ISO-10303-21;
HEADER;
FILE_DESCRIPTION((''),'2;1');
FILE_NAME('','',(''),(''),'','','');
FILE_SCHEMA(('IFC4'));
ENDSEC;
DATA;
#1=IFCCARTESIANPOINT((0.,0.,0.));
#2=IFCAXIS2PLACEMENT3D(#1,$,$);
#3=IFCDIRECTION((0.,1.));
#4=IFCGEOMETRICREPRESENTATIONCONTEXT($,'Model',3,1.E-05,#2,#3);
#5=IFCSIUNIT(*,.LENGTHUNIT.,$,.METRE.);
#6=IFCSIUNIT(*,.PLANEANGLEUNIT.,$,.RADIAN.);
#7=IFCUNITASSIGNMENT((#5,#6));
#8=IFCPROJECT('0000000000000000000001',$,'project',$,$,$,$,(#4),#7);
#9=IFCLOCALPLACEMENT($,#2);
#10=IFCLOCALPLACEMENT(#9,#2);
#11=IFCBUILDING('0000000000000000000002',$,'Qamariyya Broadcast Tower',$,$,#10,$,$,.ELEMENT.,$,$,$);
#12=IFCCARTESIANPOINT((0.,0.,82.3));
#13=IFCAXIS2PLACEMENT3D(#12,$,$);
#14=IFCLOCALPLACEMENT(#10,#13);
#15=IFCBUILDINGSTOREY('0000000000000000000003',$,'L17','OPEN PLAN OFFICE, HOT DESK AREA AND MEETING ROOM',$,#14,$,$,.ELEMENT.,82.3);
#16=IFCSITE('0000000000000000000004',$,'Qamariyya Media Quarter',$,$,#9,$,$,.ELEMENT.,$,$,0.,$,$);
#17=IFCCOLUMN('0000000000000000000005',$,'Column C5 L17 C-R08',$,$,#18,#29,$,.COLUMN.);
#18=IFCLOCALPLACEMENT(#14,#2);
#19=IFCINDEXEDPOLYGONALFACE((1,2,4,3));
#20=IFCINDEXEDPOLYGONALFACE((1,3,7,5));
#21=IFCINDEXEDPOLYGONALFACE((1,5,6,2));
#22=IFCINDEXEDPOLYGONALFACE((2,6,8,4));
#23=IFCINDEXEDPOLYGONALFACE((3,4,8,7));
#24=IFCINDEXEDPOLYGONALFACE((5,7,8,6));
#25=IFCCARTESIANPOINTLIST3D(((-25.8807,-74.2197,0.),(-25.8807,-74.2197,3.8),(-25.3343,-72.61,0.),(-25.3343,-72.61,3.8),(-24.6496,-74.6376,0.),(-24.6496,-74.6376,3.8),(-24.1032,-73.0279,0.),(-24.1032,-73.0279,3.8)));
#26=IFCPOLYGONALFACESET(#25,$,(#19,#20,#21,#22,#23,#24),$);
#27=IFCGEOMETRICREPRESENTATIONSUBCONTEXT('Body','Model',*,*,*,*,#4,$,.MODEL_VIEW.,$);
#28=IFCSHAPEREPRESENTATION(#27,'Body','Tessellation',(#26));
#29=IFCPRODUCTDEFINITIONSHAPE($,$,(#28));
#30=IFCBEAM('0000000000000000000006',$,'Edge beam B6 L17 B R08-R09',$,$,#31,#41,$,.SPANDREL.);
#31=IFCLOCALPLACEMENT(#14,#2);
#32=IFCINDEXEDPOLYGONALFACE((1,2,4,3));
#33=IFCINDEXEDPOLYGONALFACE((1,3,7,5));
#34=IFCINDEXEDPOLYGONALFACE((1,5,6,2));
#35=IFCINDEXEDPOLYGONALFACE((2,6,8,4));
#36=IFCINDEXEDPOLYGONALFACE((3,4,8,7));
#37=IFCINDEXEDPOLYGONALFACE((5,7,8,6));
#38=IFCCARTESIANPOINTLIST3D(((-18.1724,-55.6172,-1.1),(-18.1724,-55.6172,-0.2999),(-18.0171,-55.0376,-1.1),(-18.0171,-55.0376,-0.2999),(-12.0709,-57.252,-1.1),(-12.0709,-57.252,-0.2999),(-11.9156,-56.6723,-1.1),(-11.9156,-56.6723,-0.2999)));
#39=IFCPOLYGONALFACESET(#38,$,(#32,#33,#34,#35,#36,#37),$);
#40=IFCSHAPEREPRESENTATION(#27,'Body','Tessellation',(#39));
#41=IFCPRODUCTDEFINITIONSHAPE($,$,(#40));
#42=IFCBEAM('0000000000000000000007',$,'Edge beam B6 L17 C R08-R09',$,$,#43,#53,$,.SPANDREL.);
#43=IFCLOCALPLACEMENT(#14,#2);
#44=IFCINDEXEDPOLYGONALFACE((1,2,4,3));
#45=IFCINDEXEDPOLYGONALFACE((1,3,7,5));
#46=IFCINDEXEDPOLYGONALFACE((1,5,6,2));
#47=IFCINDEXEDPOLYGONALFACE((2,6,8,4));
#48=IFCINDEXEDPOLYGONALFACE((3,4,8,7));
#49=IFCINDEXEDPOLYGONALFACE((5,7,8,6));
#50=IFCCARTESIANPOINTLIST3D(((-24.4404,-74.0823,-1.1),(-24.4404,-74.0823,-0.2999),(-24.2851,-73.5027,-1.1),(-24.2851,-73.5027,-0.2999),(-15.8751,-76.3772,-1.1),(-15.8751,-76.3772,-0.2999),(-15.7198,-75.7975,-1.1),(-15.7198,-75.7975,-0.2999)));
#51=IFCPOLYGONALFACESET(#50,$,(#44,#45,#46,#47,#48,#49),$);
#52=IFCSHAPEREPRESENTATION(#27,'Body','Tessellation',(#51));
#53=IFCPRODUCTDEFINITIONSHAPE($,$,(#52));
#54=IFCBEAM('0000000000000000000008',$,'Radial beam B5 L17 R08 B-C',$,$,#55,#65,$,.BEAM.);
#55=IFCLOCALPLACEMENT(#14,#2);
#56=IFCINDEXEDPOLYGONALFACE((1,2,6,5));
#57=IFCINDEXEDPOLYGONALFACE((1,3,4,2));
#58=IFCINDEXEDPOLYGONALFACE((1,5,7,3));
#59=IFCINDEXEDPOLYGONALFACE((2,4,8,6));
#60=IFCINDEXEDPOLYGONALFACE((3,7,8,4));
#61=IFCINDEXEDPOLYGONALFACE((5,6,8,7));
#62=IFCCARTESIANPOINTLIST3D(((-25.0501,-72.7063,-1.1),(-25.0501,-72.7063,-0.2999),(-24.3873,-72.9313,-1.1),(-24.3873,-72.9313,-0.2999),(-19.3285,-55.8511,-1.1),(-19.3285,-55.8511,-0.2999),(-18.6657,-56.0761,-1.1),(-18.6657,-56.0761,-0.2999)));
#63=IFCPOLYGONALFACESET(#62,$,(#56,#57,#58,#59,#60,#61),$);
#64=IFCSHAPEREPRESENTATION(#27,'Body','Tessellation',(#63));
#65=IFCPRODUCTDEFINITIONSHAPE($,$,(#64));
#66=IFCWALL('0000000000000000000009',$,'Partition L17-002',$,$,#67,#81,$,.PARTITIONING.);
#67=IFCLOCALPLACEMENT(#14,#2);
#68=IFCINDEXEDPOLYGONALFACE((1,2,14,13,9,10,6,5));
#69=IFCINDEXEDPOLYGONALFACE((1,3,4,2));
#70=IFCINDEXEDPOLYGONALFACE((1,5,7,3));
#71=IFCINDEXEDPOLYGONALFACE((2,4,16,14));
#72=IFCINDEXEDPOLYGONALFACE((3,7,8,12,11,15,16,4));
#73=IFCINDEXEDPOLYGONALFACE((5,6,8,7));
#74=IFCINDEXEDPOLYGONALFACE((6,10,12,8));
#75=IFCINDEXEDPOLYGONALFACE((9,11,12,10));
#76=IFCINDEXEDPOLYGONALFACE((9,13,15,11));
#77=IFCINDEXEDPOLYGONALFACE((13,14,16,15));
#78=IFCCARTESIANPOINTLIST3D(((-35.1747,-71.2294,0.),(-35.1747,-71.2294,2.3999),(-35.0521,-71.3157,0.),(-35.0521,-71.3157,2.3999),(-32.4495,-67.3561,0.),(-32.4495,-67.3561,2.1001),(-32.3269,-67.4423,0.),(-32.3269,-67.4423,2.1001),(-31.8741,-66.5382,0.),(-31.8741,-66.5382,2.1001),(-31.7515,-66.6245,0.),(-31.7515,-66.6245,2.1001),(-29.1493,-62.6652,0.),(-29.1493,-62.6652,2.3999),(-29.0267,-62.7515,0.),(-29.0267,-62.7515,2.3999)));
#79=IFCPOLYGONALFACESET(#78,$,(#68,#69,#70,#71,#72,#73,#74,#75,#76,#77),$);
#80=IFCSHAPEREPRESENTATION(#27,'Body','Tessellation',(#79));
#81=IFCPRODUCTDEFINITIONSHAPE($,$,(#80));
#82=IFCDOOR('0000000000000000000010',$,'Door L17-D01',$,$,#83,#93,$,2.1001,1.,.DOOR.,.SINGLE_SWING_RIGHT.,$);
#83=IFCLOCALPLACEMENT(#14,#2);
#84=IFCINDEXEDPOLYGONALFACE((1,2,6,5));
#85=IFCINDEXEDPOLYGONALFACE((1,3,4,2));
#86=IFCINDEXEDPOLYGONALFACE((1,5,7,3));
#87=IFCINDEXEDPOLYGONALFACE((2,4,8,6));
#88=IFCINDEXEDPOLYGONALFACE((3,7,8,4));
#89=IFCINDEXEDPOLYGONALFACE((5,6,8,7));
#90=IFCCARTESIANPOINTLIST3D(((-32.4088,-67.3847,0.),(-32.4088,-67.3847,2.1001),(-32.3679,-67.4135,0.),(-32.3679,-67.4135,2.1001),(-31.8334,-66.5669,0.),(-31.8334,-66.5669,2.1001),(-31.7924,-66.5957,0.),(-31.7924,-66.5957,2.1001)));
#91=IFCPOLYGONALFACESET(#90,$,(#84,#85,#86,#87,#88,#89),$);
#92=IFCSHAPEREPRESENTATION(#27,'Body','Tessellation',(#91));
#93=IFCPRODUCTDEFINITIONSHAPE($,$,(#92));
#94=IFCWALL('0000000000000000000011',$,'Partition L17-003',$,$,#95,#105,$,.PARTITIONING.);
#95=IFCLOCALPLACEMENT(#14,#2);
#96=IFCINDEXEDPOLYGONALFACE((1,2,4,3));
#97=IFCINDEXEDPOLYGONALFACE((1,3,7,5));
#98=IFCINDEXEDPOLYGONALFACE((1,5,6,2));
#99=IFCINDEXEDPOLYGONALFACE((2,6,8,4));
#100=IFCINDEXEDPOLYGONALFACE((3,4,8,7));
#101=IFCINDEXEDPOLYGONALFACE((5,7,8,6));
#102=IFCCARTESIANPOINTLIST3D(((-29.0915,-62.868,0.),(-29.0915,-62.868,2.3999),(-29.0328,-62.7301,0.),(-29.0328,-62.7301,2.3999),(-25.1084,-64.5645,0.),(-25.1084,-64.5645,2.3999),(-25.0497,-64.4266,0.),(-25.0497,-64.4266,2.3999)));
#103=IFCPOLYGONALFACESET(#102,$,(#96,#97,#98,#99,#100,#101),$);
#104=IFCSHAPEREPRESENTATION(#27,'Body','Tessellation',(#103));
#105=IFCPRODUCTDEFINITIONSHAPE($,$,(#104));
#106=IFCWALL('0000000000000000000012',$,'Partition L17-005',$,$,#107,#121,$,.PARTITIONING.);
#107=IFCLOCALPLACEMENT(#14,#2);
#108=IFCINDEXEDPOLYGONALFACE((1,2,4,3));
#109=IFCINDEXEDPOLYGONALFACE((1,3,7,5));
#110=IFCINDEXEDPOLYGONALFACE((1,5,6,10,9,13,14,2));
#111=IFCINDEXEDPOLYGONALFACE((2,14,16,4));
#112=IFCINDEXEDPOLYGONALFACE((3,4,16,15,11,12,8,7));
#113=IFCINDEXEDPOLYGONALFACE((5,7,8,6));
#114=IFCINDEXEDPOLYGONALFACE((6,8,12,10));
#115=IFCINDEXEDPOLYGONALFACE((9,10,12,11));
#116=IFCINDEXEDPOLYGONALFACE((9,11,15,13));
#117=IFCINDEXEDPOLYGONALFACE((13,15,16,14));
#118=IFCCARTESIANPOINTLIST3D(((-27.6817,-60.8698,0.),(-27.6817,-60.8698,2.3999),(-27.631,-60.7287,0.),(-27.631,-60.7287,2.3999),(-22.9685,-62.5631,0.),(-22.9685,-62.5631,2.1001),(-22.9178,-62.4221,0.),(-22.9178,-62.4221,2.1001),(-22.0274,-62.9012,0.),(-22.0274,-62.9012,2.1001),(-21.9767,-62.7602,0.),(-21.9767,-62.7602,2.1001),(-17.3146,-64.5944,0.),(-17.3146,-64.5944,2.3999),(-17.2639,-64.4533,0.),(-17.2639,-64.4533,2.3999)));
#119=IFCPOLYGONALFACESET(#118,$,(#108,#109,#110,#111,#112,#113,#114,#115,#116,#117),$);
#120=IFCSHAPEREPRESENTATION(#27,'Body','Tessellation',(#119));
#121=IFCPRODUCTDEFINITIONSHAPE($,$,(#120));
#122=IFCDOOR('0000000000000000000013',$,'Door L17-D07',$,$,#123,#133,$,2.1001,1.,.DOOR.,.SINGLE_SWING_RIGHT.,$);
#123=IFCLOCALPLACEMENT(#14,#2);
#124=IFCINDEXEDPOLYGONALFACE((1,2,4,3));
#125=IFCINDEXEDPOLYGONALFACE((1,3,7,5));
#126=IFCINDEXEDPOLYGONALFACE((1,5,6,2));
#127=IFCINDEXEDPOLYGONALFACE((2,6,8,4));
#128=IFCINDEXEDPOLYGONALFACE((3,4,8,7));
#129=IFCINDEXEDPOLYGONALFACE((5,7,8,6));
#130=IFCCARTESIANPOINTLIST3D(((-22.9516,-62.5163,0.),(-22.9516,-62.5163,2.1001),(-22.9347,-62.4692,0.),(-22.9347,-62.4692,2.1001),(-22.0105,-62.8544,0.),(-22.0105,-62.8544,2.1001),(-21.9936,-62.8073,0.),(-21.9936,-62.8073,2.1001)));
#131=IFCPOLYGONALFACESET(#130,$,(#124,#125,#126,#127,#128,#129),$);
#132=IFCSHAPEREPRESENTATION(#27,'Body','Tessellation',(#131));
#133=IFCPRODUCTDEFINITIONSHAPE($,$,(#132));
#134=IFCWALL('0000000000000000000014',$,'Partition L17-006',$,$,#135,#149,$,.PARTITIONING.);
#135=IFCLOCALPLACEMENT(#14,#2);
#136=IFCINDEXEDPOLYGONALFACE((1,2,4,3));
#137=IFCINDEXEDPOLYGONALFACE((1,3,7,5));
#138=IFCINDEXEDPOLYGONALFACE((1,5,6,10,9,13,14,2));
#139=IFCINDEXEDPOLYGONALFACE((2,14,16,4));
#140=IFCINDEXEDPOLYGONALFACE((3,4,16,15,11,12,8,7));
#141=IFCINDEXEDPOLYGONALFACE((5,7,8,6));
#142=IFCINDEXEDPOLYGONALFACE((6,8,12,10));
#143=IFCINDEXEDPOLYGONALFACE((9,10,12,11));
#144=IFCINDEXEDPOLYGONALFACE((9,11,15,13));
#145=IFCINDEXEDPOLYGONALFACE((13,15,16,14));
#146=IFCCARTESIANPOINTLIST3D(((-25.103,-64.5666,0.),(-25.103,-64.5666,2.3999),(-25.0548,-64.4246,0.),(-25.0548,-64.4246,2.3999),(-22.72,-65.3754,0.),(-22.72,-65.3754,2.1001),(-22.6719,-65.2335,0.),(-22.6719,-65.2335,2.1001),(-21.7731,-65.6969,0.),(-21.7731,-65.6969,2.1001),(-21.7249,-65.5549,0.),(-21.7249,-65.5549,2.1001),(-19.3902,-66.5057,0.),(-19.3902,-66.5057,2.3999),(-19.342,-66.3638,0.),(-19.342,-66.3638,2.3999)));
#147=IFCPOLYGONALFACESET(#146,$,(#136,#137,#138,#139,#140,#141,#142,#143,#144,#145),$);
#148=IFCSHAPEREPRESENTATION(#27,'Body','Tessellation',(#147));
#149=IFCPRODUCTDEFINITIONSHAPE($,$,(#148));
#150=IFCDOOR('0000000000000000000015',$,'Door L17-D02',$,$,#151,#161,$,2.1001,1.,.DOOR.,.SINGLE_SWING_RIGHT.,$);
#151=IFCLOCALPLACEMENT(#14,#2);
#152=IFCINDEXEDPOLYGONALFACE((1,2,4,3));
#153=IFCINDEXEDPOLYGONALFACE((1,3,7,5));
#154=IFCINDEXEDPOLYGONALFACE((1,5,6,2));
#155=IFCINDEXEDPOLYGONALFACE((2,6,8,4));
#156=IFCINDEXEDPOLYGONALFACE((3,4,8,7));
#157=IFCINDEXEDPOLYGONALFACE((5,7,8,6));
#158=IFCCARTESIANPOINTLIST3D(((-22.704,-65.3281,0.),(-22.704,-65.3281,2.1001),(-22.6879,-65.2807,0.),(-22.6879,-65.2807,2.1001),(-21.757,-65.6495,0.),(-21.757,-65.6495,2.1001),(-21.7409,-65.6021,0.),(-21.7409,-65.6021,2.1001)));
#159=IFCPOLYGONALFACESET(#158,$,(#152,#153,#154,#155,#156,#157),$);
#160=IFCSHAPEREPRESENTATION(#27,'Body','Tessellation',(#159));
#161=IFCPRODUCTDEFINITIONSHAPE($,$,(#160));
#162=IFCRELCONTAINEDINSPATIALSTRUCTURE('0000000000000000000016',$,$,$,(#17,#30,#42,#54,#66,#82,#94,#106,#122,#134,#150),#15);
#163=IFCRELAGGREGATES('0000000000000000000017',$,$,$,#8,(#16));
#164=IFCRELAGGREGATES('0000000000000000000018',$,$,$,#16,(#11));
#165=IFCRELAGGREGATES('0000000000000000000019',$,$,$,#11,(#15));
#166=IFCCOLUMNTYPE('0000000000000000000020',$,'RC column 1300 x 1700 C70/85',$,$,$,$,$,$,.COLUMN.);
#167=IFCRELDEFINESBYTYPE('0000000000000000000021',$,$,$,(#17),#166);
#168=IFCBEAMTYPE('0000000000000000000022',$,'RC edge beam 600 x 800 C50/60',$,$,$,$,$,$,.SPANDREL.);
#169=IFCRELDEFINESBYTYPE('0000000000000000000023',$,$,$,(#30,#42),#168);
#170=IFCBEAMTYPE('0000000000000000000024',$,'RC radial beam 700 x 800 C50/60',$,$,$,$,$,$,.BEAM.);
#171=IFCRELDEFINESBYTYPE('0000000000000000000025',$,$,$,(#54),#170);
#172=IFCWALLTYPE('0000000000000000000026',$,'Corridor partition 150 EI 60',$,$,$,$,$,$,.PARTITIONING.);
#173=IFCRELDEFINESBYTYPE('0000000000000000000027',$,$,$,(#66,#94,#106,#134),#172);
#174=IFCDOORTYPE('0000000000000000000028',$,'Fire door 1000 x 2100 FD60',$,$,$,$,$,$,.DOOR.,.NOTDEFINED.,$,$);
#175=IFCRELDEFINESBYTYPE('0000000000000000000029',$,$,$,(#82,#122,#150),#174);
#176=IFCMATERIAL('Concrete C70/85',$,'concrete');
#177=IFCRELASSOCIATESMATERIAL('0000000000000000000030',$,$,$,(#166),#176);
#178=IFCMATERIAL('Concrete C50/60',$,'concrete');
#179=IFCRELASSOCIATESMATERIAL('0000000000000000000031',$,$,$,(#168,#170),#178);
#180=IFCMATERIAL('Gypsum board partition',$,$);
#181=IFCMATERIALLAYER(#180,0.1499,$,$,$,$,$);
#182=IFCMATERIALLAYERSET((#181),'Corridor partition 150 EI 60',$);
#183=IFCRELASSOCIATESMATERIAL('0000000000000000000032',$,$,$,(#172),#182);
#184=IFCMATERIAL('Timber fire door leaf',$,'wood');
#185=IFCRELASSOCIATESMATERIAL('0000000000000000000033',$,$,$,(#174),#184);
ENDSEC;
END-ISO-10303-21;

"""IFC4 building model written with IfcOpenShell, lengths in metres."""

from ifc_helpers import new_model, si_unit, direction, frame, frame_2d, origin, origin_2d, place, context, subcontext, project, spatial, rectangle, extrude, material, layer, layer_set, material_profile, profile_set, type_object, element, fill, save


model = new_model("IFC4")

# Units and contexts
model_context = context("Model", 3, precision=1e-05, world=origin(), true_north=direction((0.0, 1.0)))
body_context = subcontext(model_context, "Body", "Model", "MODEL_VIEW")
ifc_project = project(units=[si_unit("LENGTHUNIT", "METRE"), si_unit("PLANEANGLEUNIT", "RADIAN")], contexts=[model_context])

# Site, building, storey
site_placement = place(None, origin())
site = spatial("IfcSite", under=ifc_project, at=site_placement, Name="Qamariyya Media Quarter", CompositionType="ELEMENT", RefElevation=0.0)
building_placement = place(site_placement, origin())
building = spatial("IfcBuilding", under=site, at=building_placement, Name="Qamariyya Broadcast Tower", CompositionType="ELEMENT")
storey_placement = place(building_placement, frame((0.0, 0.0, 82.3)))
storey = spatial("IfcBuildingStorey", under=building, at=storey_placement, Name="L17", Description="OPEN PLAN OFFICE, HOT DESK AREA AND MEETING ROOM", CompositionType="ELEMENT", Elevation=82.3)

# Column
ifc_material_1 = material(Name="Concrete C70/85", Category="concrete")
ifc_material_profile_1 = material_profile(ifc_material_1, rectangle(XDim=1.3, YDim=1.7, at=origin_2d()))
ifc_profile_set_1 = profile_set([ifc_material_profile_1], Name="Concrete C70/85")
column_type = type_object("IfcColumnType", Name="RC column 1300 x 1700 C70/85", PredefinedType="COLUMN", material=ifc_profile_set_1)
column_placement = place(storey_placement, frame((-24.9919, -73.6238, 0.0), z_axis=(0.0, 0.0, 1.0), x_axis=(0.94693, -0.321439, 0.0)))
element("IfcColumn", 1, at=column_placement, inside=storey, type_object=column_type, Name="Column C5 L17 C-R08", PredefinedType="COLUMN", context=body_context, shape_type="SweptSolid", body=[
    extrude(rectangle(XDim=1.3, YDim=1.7, at=origin_2d()), origin(), (0.0, 0.0, 1.0), 3.8),
])

# Beams
ifc_material_2 = material(Name="Concrete C50/60", Category="concrete")
ifc_material_profile_2 = material_profile(ifc_material_2, rectangle(XDim=0.6001, YDim=0.8, at=origin_2d()))
ifc_profile_set_2 = profile_set([ifc_material_profile_2], Name="Concrete C50/60")
beam_type_1 = type_object("IfcBeamType", Name="RC edge beam 600 x 800 C50/60", PredefinedType="SPANDREL", material=ifc_profile_set_2)
beam_1_placement = place(storey_placement, frame((-18.0947, -55.3274, -0.7), z_axis=(0.965931, -0.258798, 0.0), x_axis=(0.258798, 0.965931, 0.0)))
element("IfcBeam", 2, at=beam_1_placement, inside=storey, type_object=beam_type_1, Name="Edge beam B6 L17 B R08-R09", PredefinedType="SPANDREL", context=body_context, shape_type="SweptSolid", body=[
    extrude(rectangle(XDim=0.6001, YDim=0.8, at=origin_2d()), origin(), (0.0, 0.0, 1.0), 6.3167),
])
beam_2_placement = place(storey_placement, frame((-24.3628, -73.7925, -0.7), z_axis=(0.965931, -0.2588, 0.0), x_axis=(0.2588, 0.965931, 0.0)))
element("IfcBeam", 3, at=beam_2_placement, inside=storey, type_object=beam_type_1, Name="Edge beam B6 L17 C R08-R09", PredefinedType="SPANDREL", context=body_context, shape_type="SweptSolid", body=[
    extrude(rectangle(XDim=0.6001, YDim=0.8, at=origin_2d()), origin(), (0.0, 0.0, 1.0), 8.8674),
])
ifc_material_profile_3 = material_profile(ifc_material_2, rectangle(XDim=0.7, YDim=0.8, at=origin_2d()))
ifc_profile_set_3 = profile_set([ifc_material_profile_3], Name="Concrete C50/60")
beam_type_2 = type_object("IfcBeamType", Name="RC radial beam 700 x 800 C50/60", PredefinedType="BEAM", material=ifc_profile_set_3)
beam_3_placement = place(storey_placement, frame((-18.9971, -55.9636, -0.7), z_axis=(-0.321445, -0.946928, 0.0), x_axis=(0.946928, -0.321445, 0.0)))
element("IfcBeam", 4, at=beam_3_placement, inside=storey, type_object=beam_type_2, Name="Radial beam B5 L17 R08 B-C", PredefinedType="BEAM", context=body_context, shape_type="SweptSolid", body=[
    extrude(rectangle(XDim=0.7, YDim=0.8, at=origin_2d()), origin(), (0.0, 0.0, 1.0), 17.7998),
])

# Wall, opening, door
ifc_material_3 = material(Name="Gypsum board partition")
ifc_layer_1 = layer(ifc_material_3, 0.1499)
ifc_layer_set_1 = layer_set([ifc_layer_1], Name="Corridor partition 150 EI 60")
wall_type_1 = type_object("IfcWallType", Name="Corridor partition 150 EI 60", PredefinedType="PARTITIONING", material=ifc_layer_set_1)
wall_1_placement = place(storey_placement, frame((-29.0879, -62.7083, 0.0), z_axis=(0.0, 0.0, 1.0), x_axis=(-0.575412, -0.817864, 0.0)))
wall_1 = element("IfcWall", 5, at=wall_1_placement, inside=storey, type_object=wall_type_1, Name="Partition L17-002", PredefinedType="PARTITIONING", context=body_context, shape_type="SweptSolid", body=[
    extrude(rectangle(XDim=10.4714, YDim=0.1499, at=frame_2d((5.2358, 0.0))), origin(), (0.0, 0.0, 1.0), 2.3999),
])
opening_1_placement = place(wall_1_placement, frame((4.7356, 0.0, 0.0)))
opening_1 = element("IfcOpeningElement", 6, at=opening_1_placement, cuts=wall_1, PredefinedType="OPENING", context=body_context, shape_type="SweptSolid", body=[
    extrude(rectangle(XDim=1.0, YDim=2.1001, at=frame_2d((0.5, 1.05))), frame((0.0, 0.085, 0.0), z_axis=(0.0, -1.0, 0.0), x_axis=(1.0, 0.0, 0.0)), (0.0, 0.0, 1.0), 0.1699),
])
ifc_material_4 = material(Name="Timber fire door leaf", Category="wood")
door_type_1 = type_object("IfcDoorType", Name="Fire door 1000 x 2100 FD60", OperationType="NOTDEFINED", PredefinedType="DOOR", material=ifc_material_4)
door_1_placement = place(opening_1_placement, origin())
door_1 = element("IfcDoor", 7, at=door_1_placement, inside=storey, type_object=door_type_1, Name="Door L17-D01", OperationType="SINGLE_SWING_RIGHT", OverallHeight=2.1001, OverallWidth=1.0, PredefinedType="DOOR", context=body_context, shape_type="SweptSolid", body=[
    extrude(rectangle(XDim=1.0, YDim=2.1001, at=frame_2d((0.5, 1.05))), frame((0.0, 0.0249, 0.0), z_axis=(0.0, -1.0, 0.0), x_axis=(1.0, 0.0, 0.0)), (0.0, 0.0, 1.0), 0.05),
])
fill(opening_1, door_1)

# Wall
wall_2_placement = place(storey_placement, frame((-29.062, -62.7991, 0.0), z_axis=(0.0, 0.0, 1.0), x_axis=(0.920024, -0.391863, 0.0)))
element("IfcWall", 8, at=wall_2_placement, inside=storey, type_object=wall_type_1, Name="Partition L17-003", PredefinedType="PARTITIONING", context=body_context, shape_type="SweptSolid", body=[
    extrude(rectangle(XDim=4.3293, YDim=0.1499, at=frame_2d((2.1646, 0.0))), origin(), (0.0, 0.0, 1.0), 2.3999),
])

# Walls, openings, doors
wall_3_placement = place(storey_placement, frame((-27.6562, -60.7993, 0.0), z_axis=(0.0, 0.0, 1.0), x_axis=(0.941106, -0.33811, 0.0)))
wall_3 = element("IfcWall", 9, at=wall_3_placement, inside=storey, type_object=wall_type_1, Name="Partition L17-005", PredefinedType="PARTITIONING", context=body_context, shape_type="SweptSolid", body=[
    extrude(rectangle(XDim=11.0159, YDim=0.1499, at=frame_2d((5.5078, 0.0))), origin(), (0.0, 0.0, 1.0), 2.3999),
])
opening_2_placement = place(wall_3_placement, frame((5.0081, 0.0, 0.0)))
opening_2 = element("IfcOpeningElement", 10, at=opening_2_placement, cuts=wall_3, PredefinedType="OPENING", context=body_context, shape_type="SweptSolid", body=[
    extrude(rectangle(XDim=1.0, YDim=2.1001, at=frame_2d((0.5, 1.05))), frame((0.0, 0.085, 0.0), z_axis=(0.0, -1.0, 0.0), x_axis=(1.0, 0.0, 0.0)), (0.0, 0.0, 1.0), 0.1699),
])
door_2_placement = place(opening_2_placement, origin())
door_2 = element("IfcDoor", 11, at=door_2_placement, inside=storey, type_object=door_type_1, Name="Door L17-D07", OperationType="SINGLE_SWING_RIGHT", OverallHeight=2.1001, OverallWidth=1.0, PredefinedType="DOOR", context=body_context, shape_type="SweptSolid", body=[
    extrude(rectangle(XDim=1.0, YDim=2.1001, at=frame_2d((0.5, 1.05))), frame((0.0, 0.0249, 0.0), z_axis=(0.0, -1.0, 0.0), x_axis=(1.0, 0.0, 0.0)), (0.0, 0.0, 1.0), 0.05),
])
fill(opening_2, door_2)
wall_4_placement = place(storey_placement, frame((-19.366, -66.4348, 0.0), z_axis=(0.0, 0.0, 1.0), x_axis=(-0.946933, 0.321431, 0.0)))
wall_4 = element("IfcWall", 12, at=wall_4_placement, inside=storey, type_object=wall_type_1, Name="Partition L17-006", PredefinedType="PARTITIONING", context=body_context, shape_type="SweptSolid", body=[
    extrude(rectangle(XDim=6.033, YDim=0.1499, at=frame_2d((3.0166, 0.0))), origin(), (0.0, 0.0, 1.0), 2.3999),
])
opening_3_placement = place(wall_4_placement, frame((2.5166, 0.0, 0.0)))
opening_3 = element("IfcOpeningElement", 13, at=opening_3_placement, cuts=wall_4, PredefinedType="OPENING", context=body_context, shape_type="SweptSolid", body=[
    extrude(rectangle(XDim=1.0, YDim=2.1001, at=frame_2d((0.5, 1.05))), frame((0.0, 0.085, 0.0), z_axis=(0.0, -1.0, 0.0), x_axis=(1.0, 0.0, 0.0)), (0.0, 0.0, 1.0), 0.1699),
])
door_3_placement = place(opening_3_placement, origin())
door_3 = element("IfcDoor", 14, at=door_3_placement, inside=storey, type_object=door_type_1, Name="Door L17-D02", OperationType="SINGLE_SWING_RIGHT", OverallHeight=2.1001, OverallWidth=1.0, PredefinedType="DOOR", context=body_context, shape_type="SweptSolid", body=[
    extrude(rectangle(XDim=1.0, YDim=2.1001, at=frame_2d((0.5, 1.05))), frame((0.0, 0.0249, 0.0), z_axis=(0.0, -1.0, 0.0), x_axis=(1.0, 0.0, 0.0)), (0.0, 0.0, 1.0), 0.05),
])
fill(opening_3, door_3)

save(model, "model.ifc")
